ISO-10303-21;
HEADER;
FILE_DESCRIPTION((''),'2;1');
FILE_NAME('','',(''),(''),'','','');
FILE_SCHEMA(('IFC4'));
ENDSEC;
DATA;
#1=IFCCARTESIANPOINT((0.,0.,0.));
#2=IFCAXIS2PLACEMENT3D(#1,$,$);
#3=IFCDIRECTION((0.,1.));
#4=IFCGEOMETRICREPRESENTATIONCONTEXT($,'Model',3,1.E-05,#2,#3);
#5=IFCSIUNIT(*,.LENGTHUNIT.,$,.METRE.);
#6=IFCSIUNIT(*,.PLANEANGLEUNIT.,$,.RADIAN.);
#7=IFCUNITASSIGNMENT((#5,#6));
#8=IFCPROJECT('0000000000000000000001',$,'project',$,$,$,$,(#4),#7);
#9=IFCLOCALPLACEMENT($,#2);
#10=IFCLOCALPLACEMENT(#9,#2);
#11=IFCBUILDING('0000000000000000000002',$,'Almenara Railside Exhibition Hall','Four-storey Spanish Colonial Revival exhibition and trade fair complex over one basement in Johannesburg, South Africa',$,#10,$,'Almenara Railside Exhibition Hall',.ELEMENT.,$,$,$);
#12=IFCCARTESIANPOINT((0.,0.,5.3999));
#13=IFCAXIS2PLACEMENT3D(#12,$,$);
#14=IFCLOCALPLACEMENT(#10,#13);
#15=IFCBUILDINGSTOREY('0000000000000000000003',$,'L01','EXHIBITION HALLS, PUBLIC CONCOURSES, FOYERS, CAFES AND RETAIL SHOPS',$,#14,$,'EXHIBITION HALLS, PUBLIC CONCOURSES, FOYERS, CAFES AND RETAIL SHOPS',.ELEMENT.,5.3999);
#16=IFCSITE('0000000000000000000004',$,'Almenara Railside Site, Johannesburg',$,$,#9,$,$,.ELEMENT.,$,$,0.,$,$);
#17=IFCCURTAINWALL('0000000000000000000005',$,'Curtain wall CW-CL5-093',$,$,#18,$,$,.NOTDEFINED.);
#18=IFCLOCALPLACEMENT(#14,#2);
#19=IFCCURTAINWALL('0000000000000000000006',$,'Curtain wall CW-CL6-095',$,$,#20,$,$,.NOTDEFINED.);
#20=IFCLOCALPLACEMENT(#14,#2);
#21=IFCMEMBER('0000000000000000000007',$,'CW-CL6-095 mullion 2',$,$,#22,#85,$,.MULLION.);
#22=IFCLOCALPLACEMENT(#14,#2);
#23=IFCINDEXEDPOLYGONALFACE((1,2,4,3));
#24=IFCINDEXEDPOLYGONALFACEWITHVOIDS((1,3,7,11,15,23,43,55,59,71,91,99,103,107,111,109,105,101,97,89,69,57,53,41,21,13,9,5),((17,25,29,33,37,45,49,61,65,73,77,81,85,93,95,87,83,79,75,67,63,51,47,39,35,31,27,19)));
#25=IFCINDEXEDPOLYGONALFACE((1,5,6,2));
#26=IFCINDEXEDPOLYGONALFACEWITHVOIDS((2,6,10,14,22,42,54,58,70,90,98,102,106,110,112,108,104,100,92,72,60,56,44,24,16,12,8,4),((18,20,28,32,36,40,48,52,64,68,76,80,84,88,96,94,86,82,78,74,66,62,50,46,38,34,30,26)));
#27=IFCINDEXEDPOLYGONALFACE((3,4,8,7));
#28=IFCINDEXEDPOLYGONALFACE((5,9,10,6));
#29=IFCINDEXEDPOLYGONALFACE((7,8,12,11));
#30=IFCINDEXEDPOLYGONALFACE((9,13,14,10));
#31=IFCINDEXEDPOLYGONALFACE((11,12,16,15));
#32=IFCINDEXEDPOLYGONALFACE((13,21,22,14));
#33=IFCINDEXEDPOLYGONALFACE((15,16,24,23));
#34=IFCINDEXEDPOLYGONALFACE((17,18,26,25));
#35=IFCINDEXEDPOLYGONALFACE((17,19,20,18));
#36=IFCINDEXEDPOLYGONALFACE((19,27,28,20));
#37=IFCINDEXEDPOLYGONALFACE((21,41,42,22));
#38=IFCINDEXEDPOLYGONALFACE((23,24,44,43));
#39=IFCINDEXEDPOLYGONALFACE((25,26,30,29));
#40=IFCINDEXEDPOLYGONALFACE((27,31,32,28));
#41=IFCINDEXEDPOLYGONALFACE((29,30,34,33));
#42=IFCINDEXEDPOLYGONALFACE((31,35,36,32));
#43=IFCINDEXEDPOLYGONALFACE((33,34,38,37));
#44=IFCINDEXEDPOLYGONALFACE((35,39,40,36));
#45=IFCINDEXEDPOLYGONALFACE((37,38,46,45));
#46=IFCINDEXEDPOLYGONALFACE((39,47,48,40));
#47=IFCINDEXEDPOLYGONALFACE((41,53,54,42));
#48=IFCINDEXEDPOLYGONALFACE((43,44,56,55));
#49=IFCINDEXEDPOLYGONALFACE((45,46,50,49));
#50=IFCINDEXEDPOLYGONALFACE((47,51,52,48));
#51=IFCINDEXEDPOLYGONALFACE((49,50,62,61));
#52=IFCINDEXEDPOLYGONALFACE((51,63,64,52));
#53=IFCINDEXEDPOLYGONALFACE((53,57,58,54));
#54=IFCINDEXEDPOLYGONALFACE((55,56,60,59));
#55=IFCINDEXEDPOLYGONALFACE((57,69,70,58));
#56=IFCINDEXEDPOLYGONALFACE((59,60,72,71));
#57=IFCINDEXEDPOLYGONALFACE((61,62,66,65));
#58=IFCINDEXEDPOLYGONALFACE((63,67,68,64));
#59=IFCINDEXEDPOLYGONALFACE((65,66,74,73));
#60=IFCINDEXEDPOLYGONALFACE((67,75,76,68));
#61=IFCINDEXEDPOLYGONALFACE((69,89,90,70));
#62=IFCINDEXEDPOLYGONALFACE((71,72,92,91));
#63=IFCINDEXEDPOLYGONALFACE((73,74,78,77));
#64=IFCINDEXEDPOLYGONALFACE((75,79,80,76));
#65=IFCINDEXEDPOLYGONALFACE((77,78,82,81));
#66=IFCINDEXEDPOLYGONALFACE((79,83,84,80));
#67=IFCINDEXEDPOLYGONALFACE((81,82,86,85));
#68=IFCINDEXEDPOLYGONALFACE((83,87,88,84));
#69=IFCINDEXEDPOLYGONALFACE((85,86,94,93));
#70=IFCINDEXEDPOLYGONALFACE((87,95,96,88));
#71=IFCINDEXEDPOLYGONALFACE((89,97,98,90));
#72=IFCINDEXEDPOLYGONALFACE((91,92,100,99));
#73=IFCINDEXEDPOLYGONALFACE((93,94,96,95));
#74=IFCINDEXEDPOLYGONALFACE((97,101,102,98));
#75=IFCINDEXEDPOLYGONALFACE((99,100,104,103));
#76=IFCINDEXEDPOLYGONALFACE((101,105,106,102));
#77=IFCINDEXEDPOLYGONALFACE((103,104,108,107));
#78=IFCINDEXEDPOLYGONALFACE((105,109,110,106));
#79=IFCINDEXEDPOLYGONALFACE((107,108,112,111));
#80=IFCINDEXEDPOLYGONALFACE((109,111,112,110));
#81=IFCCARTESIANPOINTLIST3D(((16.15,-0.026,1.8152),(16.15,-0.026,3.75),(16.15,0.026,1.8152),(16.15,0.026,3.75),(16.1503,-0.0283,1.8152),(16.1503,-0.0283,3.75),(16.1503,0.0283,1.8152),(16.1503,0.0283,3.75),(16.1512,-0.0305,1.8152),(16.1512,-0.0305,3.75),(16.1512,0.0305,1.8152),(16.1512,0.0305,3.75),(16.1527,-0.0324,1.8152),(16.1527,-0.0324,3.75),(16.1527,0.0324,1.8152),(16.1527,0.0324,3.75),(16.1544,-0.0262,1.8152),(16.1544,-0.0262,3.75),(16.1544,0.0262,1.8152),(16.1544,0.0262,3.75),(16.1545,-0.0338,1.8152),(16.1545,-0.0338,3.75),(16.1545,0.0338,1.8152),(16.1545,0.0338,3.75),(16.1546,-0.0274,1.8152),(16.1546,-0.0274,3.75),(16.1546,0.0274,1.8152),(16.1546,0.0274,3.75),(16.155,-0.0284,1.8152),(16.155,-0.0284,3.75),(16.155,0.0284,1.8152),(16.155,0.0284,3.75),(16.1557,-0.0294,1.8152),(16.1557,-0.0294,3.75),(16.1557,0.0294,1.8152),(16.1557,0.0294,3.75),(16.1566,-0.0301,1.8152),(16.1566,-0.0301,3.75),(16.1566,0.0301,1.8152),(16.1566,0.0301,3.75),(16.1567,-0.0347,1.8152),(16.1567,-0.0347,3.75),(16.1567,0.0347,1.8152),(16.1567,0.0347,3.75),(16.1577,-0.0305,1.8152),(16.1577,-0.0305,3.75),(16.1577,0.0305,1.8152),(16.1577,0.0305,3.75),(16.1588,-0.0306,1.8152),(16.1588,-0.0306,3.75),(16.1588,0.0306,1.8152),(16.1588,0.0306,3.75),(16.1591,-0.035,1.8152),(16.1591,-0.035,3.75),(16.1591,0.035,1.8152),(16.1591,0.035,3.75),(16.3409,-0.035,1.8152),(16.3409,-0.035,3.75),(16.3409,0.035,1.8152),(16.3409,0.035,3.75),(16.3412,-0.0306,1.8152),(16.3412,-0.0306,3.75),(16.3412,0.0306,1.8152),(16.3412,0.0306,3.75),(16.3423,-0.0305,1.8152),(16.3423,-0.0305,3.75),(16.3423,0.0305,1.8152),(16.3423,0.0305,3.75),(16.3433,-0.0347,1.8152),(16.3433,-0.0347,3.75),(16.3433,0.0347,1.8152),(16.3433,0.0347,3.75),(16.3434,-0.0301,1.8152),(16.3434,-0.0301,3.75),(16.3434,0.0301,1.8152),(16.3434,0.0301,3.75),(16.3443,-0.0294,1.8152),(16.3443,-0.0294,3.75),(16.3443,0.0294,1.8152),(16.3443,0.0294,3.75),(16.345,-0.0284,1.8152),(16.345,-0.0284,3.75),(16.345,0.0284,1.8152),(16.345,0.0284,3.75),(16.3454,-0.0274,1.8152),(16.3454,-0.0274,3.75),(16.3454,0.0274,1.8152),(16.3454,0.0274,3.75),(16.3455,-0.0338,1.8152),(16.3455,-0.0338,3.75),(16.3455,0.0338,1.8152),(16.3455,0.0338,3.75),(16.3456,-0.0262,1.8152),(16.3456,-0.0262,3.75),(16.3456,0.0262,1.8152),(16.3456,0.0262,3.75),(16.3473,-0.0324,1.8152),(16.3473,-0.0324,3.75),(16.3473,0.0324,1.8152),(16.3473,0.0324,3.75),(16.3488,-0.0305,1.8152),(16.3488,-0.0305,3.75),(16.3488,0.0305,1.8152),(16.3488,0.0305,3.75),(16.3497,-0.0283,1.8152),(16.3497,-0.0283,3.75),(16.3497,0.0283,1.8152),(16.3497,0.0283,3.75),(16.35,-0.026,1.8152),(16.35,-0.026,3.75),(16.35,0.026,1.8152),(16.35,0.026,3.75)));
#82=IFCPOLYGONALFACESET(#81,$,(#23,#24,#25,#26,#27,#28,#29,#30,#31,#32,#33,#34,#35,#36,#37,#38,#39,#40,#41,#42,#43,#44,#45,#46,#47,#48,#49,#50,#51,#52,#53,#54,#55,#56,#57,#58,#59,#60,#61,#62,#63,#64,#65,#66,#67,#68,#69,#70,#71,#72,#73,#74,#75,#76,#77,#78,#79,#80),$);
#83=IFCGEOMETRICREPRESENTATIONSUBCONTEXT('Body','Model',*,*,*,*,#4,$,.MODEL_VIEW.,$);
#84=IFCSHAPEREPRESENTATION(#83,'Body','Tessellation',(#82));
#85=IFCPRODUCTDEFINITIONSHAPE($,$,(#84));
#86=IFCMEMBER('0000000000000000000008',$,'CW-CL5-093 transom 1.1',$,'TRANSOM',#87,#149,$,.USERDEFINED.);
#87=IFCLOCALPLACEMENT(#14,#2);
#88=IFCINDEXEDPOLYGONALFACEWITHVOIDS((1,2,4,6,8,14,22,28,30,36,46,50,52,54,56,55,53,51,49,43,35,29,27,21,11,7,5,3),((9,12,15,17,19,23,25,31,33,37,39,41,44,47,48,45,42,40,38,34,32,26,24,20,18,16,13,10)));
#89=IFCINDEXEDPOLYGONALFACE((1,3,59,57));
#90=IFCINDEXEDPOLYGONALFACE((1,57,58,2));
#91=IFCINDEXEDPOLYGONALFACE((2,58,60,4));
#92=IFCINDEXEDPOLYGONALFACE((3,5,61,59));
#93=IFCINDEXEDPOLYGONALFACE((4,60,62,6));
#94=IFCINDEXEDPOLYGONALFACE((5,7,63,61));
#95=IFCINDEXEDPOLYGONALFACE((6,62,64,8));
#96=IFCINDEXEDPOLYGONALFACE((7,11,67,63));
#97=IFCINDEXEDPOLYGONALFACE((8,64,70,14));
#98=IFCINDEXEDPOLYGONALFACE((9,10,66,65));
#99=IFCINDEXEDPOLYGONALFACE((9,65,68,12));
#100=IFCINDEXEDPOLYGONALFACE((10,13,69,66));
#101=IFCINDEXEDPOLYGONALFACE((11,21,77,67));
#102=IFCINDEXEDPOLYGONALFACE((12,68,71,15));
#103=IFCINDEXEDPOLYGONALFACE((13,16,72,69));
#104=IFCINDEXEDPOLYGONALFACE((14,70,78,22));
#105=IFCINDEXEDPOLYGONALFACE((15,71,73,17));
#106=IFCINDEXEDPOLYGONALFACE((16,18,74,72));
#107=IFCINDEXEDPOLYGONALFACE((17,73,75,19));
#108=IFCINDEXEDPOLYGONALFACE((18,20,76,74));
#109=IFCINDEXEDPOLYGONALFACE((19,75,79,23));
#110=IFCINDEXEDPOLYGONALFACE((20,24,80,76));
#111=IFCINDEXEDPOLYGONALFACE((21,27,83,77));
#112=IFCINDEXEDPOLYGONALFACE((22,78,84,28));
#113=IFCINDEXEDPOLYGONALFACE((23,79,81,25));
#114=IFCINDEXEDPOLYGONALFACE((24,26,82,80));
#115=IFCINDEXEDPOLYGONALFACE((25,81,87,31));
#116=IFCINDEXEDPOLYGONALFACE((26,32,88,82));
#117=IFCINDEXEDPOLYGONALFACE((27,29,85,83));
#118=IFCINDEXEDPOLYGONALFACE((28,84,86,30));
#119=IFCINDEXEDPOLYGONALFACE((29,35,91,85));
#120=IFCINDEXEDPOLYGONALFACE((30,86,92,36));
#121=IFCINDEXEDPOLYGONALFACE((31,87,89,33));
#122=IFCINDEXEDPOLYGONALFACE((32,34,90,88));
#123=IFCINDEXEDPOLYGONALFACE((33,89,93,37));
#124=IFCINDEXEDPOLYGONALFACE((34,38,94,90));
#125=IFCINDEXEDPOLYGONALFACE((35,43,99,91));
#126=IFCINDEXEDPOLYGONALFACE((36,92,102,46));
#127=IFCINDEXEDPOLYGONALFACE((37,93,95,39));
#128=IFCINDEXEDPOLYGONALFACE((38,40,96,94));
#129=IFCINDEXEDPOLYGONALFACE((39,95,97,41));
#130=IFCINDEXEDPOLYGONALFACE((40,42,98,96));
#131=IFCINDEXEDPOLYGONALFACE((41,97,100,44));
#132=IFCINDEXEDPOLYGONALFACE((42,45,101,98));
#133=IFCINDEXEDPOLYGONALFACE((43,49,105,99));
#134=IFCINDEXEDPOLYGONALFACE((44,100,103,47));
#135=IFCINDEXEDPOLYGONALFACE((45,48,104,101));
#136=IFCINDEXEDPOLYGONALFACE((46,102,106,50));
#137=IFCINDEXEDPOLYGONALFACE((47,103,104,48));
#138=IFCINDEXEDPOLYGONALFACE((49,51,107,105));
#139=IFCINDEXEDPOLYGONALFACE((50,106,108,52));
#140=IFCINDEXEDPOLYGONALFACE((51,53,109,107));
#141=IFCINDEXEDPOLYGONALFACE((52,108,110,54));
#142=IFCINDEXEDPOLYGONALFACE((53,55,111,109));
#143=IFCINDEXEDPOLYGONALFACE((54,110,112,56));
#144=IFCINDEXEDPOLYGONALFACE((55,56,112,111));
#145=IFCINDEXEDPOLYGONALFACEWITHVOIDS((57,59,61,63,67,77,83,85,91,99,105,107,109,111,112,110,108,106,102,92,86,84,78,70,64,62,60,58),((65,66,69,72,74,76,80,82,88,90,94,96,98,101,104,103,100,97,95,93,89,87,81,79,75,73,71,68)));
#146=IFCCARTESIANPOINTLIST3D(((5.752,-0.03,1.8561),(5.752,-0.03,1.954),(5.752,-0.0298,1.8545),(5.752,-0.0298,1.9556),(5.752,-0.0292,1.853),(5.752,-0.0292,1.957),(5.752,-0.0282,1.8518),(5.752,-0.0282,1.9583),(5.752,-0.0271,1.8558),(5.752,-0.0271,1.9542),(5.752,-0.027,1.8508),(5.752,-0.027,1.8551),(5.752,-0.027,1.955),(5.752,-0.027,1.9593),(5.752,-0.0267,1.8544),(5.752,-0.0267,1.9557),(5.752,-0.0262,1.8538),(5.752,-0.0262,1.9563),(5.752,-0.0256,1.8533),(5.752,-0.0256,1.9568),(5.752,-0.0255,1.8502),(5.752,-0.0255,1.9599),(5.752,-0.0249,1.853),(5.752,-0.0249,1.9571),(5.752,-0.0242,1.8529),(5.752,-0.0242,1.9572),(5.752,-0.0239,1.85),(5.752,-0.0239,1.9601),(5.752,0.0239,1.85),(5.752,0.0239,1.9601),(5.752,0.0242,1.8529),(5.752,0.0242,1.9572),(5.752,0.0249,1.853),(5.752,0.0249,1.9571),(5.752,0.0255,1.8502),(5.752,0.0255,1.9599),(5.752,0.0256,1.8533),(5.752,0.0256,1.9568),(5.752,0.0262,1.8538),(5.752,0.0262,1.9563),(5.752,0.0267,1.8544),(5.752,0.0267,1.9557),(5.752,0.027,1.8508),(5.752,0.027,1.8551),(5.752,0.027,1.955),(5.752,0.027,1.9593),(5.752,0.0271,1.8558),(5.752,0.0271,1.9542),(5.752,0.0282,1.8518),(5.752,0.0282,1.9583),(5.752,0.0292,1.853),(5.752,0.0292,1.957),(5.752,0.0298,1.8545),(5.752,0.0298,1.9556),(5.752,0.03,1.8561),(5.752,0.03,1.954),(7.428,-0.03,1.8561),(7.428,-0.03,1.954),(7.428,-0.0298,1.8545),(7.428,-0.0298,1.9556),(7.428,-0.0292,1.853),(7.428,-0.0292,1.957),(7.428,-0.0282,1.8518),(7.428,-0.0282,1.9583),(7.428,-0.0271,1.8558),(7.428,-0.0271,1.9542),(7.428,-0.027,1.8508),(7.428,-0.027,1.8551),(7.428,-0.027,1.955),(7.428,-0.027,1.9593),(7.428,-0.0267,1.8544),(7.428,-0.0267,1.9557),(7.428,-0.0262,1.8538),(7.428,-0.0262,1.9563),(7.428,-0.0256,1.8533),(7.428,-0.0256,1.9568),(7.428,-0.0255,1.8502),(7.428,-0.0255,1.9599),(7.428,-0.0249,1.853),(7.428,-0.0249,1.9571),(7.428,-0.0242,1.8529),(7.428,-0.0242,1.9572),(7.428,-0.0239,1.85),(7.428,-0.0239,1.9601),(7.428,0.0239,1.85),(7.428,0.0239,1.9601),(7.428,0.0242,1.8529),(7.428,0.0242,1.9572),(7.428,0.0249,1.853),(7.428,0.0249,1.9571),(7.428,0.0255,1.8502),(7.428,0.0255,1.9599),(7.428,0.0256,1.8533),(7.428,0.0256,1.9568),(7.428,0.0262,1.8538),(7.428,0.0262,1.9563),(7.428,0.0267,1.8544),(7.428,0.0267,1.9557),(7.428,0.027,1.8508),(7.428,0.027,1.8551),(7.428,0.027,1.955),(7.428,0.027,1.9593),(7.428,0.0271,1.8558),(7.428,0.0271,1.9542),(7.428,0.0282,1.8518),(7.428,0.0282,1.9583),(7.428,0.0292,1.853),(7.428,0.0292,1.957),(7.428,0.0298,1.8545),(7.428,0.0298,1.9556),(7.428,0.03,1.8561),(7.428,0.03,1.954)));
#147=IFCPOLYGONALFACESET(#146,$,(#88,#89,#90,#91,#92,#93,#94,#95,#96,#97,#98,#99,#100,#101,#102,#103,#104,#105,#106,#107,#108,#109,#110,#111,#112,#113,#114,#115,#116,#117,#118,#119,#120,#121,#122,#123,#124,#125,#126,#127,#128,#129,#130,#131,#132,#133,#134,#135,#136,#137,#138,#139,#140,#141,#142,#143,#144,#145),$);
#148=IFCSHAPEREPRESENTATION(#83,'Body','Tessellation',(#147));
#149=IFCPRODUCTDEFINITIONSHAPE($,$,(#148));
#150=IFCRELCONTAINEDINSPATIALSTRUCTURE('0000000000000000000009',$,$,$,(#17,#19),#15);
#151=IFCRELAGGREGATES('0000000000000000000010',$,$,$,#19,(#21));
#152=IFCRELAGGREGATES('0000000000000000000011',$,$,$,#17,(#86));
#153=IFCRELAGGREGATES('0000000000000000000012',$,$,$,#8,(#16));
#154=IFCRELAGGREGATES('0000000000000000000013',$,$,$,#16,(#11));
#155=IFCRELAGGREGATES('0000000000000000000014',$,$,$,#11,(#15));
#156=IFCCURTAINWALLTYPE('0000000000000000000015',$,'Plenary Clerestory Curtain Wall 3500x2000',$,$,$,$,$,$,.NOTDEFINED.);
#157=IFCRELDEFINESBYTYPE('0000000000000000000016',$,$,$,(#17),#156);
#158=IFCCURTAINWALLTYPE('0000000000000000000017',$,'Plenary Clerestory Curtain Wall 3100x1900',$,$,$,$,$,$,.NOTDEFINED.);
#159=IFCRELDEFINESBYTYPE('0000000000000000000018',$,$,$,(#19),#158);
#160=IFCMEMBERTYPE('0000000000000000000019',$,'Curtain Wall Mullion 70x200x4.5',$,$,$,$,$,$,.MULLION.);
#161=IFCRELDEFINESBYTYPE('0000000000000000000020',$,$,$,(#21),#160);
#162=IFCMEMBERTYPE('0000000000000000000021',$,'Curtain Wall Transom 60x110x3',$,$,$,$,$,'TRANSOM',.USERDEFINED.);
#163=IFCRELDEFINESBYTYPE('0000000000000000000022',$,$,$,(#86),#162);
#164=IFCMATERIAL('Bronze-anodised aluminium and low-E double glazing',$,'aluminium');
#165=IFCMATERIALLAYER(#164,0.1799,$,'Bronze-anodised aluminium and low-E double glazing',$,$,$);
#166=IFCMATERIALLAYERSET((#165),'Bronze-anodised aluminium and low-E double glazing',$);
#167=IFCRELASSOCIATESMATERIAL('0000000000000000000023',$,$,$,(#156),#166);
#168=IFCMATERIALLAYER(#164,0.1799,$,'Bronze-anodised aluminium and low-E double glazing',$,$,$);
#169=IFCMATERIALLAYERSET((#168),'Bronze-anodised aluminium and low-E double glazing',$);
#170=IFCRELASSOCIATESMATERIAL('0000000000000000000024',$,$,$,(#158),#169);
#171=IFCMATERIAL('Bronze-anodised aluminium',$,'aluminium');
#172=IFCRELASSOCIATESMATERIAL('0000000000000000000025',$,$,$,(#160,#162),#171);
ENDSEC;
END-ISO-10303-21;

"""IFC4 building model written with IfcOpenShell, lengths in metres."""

from ifc_helpers import new_model, si_unit, direction, frame, origin, origin_2d, place, context, subcontext, project, spatial, hollow_rectangle, extrude, material, layer, layer_set, material_profile, profile_set, type_object, element, aggregate, save


model = new_model("IFC4")

# Units and contexts
model_context = context("Model", 3, precision=1e-05, world=origin(), true_north=direction((0.0, 1.0)))
body_context = subcontext(model_context, "Body", "Model", "MODEL_VIEW")
ifc_project = project(units=[si_unit("LENGTHUNIT", "METRE"), si_unit("PLANEANGLEUNIT", "RADIAN")], contexts=[model_context])

# Site, building, storey
site_placement = place(None, origin())
site = spatial("IfcSite", under=ifc_project, at=site_placement, Name="Almenara Railside Site, Johannesburg", CompositionType="ELEMENT", RefElevation=0.0)
building_placement = place(site_placement, origin())
building = spatial("IfcBuilding", under=site, at=building_placement, Name="Almenara Railside Exhibition Hall", Description="Four-storey Spanish Colonial Revival exhibition and trade fair complex over one basement in Johannesburg, South Africa", LongName="Almenara Railside Exhibition Hall", CompositionType="ELEMENT")
storey_placement = place(building_placement, frame((0.0, 0.0, 5.3999)))
storey = spatial("IfcBuildingStorey", under=building, at=storey_placement, Name="L01", Description="EXHIBITION HALLS, PUBLIC CONCOURSES, FOYERS, CAFES AND RETAIL SHOPS", LongName="EXHIBITION HALLS, PUBLIC CONCOURSES, FOYERS, CAFES AND RETAIL SHOPS", CompositionType="ELEMENT", Elevation=5.3999)

# Curtain walls, member
ifc_material_1 = material(Name="Bronze-anodised aluminium and low-E double glazing", Category="aluminium")
ifc_layer_1 = layer(ifc_material_1, 0.1799, Name="Bronze-anodised aluminium and low-E double glazing")
ifc_layer_set_1 = layer_set([ifc_layer_1], Name="Bronze-anodised aluminium and low-E double glazing")
curtain_wall_type_1 = type_object("IfcCurtainWallType", Name="Plenary Clerestory Curtain Wall 3500x2000", PredefinedType="NOTDEFINED", material=ifc_layer_set_1)
curtain_wall_1_placement = place(storey_placement, origin())
curtain_wall_1 = element("IfcCurtainWall", 1, at=curtain_wall_1_placement, inside=storey, type_object=curtain_wall_type_1, Name="Curtain wall CW-CL5-093", PredefinedType="NOTDEFINED")
ifc_material_2 = material(Name="Bronze-anodised aluminium", Category="aluminium")
ifc_layer_2 = layer(ifc_material_1, 0.1799, Name="Bronze-anodised aluminium and low-E double glazing")
ifc_layer_set_2 = layer_set([ifc_layer_2], Name="Bronze-anodised aluminium and low-E double glazing")
curtain_wall_type_2 = type_object("IfcCurtainWallType", Name="Plenary Clerestory Curtain Wall 3100x1900", PredefinedType="NOTDEFINED", material=ifc_layer_set_2)
curtain_wall_2_placement = place(storey_placement, origin())
curtain_wall_2 = element("IfcCurtainWall", 2, at=curtain_wall_2_placement, inside=storey, type_object=curtain_wall_type_2, Name="Curtain wall CW-CL6-095", PredefinedType="NOTDEFINED")
ifc_material_profile_1 = material_profile(ifc_material_2, hollow_rectangle(XDim=0.0701, YDim=0.2, WallThickness=0.0044, InnerFilletRadius=0.0044, OuterFilletRadius=0.009, at=origin_2d()), Name="ALU-MUL 70x200x4.5")
ifc_profile_set_1 = profile_set([ifc_material_profile_1], Name="Bronze-anodised aluminium")
member_type_1 = type_object("IfcMemberType", Name="Curtain Wall Mullion 70x200x4.5", PredefinedType="MULLION", material=ifc_profile_set_1)
member_1_placement = place(storey_placement, frame((16.25, 0.0, 1.8152), z_axis=(0.0, 0.0, 1.0), x_axis=(0.0, 1.0, 0.0)))
member_1 = element("IfcMember", 3, at=member_1_placement, type_object=member_type_1, Name="CW-CL6-095 mullion 2", PredefinedType="MULLION", context=body_context, shape_type="SweptSolid", body=[
    extrude(hollow_rectangle(XDim=0.0701, YDim=0.2, WallThickness=0.0044, InnerFilletRadius=0.0044, OuterFilletRadius=0.009, at=origin_2d()), origin(), (0.0, 0.0, 1.0), 1.9348),
])

# Member
ifc_material_profile_2 = material_profile(ifc_material_2, hollow_rectangle(XDim=0.0601, YDim=0.1101, WallThickness=0.0029, InnerFilletRadius=0.0029, OuterFilletRadius=0.0061, at=origin_2d()), Name="ALU-TRN 60x110x3")
ifc_profile_set_2 = profile_set([ifc_material_profile_2], Name="Bronze-anodised aluminium")
member_type_2 = type_object("IfcMemberType", Name="Curtain Wall Transom 60x110x3", ElementType="TRANSOM", PredefinedType="USERDEFINED", material=ifc_profile_set_2)
member_2_placement = place(storey_placement, frame((5.752, 0.0, 1.905), z_axis=(1.0, 0.0, 0.0), x_axis=(0.0, 1.0, 0.0)))
member_2 = element("IfcMember", 4, at=member_2_placement, type_object=member_type_2, Name="CW-CL5-093 transom 1.1", ObjectType="TRANSOM", PredefinedType="USERDEFINED", context=body_context, shape_type="SweptSolid", body=[
    extrude(hollow_rectangle(XDim=0.0601, YDim=0.1101, WallThickness=0.0029, InnerFilletRadius=0.0029, OuterFilletRadius=0.0061, at=origin_2d()), origin(), (0.0, 0.0, 1.0), 1.676),
])

aggregate(curtain_wall_2, [member_1])
aggregate(curtain_wall_1, [member_2])

save(model, "model.ifc")
